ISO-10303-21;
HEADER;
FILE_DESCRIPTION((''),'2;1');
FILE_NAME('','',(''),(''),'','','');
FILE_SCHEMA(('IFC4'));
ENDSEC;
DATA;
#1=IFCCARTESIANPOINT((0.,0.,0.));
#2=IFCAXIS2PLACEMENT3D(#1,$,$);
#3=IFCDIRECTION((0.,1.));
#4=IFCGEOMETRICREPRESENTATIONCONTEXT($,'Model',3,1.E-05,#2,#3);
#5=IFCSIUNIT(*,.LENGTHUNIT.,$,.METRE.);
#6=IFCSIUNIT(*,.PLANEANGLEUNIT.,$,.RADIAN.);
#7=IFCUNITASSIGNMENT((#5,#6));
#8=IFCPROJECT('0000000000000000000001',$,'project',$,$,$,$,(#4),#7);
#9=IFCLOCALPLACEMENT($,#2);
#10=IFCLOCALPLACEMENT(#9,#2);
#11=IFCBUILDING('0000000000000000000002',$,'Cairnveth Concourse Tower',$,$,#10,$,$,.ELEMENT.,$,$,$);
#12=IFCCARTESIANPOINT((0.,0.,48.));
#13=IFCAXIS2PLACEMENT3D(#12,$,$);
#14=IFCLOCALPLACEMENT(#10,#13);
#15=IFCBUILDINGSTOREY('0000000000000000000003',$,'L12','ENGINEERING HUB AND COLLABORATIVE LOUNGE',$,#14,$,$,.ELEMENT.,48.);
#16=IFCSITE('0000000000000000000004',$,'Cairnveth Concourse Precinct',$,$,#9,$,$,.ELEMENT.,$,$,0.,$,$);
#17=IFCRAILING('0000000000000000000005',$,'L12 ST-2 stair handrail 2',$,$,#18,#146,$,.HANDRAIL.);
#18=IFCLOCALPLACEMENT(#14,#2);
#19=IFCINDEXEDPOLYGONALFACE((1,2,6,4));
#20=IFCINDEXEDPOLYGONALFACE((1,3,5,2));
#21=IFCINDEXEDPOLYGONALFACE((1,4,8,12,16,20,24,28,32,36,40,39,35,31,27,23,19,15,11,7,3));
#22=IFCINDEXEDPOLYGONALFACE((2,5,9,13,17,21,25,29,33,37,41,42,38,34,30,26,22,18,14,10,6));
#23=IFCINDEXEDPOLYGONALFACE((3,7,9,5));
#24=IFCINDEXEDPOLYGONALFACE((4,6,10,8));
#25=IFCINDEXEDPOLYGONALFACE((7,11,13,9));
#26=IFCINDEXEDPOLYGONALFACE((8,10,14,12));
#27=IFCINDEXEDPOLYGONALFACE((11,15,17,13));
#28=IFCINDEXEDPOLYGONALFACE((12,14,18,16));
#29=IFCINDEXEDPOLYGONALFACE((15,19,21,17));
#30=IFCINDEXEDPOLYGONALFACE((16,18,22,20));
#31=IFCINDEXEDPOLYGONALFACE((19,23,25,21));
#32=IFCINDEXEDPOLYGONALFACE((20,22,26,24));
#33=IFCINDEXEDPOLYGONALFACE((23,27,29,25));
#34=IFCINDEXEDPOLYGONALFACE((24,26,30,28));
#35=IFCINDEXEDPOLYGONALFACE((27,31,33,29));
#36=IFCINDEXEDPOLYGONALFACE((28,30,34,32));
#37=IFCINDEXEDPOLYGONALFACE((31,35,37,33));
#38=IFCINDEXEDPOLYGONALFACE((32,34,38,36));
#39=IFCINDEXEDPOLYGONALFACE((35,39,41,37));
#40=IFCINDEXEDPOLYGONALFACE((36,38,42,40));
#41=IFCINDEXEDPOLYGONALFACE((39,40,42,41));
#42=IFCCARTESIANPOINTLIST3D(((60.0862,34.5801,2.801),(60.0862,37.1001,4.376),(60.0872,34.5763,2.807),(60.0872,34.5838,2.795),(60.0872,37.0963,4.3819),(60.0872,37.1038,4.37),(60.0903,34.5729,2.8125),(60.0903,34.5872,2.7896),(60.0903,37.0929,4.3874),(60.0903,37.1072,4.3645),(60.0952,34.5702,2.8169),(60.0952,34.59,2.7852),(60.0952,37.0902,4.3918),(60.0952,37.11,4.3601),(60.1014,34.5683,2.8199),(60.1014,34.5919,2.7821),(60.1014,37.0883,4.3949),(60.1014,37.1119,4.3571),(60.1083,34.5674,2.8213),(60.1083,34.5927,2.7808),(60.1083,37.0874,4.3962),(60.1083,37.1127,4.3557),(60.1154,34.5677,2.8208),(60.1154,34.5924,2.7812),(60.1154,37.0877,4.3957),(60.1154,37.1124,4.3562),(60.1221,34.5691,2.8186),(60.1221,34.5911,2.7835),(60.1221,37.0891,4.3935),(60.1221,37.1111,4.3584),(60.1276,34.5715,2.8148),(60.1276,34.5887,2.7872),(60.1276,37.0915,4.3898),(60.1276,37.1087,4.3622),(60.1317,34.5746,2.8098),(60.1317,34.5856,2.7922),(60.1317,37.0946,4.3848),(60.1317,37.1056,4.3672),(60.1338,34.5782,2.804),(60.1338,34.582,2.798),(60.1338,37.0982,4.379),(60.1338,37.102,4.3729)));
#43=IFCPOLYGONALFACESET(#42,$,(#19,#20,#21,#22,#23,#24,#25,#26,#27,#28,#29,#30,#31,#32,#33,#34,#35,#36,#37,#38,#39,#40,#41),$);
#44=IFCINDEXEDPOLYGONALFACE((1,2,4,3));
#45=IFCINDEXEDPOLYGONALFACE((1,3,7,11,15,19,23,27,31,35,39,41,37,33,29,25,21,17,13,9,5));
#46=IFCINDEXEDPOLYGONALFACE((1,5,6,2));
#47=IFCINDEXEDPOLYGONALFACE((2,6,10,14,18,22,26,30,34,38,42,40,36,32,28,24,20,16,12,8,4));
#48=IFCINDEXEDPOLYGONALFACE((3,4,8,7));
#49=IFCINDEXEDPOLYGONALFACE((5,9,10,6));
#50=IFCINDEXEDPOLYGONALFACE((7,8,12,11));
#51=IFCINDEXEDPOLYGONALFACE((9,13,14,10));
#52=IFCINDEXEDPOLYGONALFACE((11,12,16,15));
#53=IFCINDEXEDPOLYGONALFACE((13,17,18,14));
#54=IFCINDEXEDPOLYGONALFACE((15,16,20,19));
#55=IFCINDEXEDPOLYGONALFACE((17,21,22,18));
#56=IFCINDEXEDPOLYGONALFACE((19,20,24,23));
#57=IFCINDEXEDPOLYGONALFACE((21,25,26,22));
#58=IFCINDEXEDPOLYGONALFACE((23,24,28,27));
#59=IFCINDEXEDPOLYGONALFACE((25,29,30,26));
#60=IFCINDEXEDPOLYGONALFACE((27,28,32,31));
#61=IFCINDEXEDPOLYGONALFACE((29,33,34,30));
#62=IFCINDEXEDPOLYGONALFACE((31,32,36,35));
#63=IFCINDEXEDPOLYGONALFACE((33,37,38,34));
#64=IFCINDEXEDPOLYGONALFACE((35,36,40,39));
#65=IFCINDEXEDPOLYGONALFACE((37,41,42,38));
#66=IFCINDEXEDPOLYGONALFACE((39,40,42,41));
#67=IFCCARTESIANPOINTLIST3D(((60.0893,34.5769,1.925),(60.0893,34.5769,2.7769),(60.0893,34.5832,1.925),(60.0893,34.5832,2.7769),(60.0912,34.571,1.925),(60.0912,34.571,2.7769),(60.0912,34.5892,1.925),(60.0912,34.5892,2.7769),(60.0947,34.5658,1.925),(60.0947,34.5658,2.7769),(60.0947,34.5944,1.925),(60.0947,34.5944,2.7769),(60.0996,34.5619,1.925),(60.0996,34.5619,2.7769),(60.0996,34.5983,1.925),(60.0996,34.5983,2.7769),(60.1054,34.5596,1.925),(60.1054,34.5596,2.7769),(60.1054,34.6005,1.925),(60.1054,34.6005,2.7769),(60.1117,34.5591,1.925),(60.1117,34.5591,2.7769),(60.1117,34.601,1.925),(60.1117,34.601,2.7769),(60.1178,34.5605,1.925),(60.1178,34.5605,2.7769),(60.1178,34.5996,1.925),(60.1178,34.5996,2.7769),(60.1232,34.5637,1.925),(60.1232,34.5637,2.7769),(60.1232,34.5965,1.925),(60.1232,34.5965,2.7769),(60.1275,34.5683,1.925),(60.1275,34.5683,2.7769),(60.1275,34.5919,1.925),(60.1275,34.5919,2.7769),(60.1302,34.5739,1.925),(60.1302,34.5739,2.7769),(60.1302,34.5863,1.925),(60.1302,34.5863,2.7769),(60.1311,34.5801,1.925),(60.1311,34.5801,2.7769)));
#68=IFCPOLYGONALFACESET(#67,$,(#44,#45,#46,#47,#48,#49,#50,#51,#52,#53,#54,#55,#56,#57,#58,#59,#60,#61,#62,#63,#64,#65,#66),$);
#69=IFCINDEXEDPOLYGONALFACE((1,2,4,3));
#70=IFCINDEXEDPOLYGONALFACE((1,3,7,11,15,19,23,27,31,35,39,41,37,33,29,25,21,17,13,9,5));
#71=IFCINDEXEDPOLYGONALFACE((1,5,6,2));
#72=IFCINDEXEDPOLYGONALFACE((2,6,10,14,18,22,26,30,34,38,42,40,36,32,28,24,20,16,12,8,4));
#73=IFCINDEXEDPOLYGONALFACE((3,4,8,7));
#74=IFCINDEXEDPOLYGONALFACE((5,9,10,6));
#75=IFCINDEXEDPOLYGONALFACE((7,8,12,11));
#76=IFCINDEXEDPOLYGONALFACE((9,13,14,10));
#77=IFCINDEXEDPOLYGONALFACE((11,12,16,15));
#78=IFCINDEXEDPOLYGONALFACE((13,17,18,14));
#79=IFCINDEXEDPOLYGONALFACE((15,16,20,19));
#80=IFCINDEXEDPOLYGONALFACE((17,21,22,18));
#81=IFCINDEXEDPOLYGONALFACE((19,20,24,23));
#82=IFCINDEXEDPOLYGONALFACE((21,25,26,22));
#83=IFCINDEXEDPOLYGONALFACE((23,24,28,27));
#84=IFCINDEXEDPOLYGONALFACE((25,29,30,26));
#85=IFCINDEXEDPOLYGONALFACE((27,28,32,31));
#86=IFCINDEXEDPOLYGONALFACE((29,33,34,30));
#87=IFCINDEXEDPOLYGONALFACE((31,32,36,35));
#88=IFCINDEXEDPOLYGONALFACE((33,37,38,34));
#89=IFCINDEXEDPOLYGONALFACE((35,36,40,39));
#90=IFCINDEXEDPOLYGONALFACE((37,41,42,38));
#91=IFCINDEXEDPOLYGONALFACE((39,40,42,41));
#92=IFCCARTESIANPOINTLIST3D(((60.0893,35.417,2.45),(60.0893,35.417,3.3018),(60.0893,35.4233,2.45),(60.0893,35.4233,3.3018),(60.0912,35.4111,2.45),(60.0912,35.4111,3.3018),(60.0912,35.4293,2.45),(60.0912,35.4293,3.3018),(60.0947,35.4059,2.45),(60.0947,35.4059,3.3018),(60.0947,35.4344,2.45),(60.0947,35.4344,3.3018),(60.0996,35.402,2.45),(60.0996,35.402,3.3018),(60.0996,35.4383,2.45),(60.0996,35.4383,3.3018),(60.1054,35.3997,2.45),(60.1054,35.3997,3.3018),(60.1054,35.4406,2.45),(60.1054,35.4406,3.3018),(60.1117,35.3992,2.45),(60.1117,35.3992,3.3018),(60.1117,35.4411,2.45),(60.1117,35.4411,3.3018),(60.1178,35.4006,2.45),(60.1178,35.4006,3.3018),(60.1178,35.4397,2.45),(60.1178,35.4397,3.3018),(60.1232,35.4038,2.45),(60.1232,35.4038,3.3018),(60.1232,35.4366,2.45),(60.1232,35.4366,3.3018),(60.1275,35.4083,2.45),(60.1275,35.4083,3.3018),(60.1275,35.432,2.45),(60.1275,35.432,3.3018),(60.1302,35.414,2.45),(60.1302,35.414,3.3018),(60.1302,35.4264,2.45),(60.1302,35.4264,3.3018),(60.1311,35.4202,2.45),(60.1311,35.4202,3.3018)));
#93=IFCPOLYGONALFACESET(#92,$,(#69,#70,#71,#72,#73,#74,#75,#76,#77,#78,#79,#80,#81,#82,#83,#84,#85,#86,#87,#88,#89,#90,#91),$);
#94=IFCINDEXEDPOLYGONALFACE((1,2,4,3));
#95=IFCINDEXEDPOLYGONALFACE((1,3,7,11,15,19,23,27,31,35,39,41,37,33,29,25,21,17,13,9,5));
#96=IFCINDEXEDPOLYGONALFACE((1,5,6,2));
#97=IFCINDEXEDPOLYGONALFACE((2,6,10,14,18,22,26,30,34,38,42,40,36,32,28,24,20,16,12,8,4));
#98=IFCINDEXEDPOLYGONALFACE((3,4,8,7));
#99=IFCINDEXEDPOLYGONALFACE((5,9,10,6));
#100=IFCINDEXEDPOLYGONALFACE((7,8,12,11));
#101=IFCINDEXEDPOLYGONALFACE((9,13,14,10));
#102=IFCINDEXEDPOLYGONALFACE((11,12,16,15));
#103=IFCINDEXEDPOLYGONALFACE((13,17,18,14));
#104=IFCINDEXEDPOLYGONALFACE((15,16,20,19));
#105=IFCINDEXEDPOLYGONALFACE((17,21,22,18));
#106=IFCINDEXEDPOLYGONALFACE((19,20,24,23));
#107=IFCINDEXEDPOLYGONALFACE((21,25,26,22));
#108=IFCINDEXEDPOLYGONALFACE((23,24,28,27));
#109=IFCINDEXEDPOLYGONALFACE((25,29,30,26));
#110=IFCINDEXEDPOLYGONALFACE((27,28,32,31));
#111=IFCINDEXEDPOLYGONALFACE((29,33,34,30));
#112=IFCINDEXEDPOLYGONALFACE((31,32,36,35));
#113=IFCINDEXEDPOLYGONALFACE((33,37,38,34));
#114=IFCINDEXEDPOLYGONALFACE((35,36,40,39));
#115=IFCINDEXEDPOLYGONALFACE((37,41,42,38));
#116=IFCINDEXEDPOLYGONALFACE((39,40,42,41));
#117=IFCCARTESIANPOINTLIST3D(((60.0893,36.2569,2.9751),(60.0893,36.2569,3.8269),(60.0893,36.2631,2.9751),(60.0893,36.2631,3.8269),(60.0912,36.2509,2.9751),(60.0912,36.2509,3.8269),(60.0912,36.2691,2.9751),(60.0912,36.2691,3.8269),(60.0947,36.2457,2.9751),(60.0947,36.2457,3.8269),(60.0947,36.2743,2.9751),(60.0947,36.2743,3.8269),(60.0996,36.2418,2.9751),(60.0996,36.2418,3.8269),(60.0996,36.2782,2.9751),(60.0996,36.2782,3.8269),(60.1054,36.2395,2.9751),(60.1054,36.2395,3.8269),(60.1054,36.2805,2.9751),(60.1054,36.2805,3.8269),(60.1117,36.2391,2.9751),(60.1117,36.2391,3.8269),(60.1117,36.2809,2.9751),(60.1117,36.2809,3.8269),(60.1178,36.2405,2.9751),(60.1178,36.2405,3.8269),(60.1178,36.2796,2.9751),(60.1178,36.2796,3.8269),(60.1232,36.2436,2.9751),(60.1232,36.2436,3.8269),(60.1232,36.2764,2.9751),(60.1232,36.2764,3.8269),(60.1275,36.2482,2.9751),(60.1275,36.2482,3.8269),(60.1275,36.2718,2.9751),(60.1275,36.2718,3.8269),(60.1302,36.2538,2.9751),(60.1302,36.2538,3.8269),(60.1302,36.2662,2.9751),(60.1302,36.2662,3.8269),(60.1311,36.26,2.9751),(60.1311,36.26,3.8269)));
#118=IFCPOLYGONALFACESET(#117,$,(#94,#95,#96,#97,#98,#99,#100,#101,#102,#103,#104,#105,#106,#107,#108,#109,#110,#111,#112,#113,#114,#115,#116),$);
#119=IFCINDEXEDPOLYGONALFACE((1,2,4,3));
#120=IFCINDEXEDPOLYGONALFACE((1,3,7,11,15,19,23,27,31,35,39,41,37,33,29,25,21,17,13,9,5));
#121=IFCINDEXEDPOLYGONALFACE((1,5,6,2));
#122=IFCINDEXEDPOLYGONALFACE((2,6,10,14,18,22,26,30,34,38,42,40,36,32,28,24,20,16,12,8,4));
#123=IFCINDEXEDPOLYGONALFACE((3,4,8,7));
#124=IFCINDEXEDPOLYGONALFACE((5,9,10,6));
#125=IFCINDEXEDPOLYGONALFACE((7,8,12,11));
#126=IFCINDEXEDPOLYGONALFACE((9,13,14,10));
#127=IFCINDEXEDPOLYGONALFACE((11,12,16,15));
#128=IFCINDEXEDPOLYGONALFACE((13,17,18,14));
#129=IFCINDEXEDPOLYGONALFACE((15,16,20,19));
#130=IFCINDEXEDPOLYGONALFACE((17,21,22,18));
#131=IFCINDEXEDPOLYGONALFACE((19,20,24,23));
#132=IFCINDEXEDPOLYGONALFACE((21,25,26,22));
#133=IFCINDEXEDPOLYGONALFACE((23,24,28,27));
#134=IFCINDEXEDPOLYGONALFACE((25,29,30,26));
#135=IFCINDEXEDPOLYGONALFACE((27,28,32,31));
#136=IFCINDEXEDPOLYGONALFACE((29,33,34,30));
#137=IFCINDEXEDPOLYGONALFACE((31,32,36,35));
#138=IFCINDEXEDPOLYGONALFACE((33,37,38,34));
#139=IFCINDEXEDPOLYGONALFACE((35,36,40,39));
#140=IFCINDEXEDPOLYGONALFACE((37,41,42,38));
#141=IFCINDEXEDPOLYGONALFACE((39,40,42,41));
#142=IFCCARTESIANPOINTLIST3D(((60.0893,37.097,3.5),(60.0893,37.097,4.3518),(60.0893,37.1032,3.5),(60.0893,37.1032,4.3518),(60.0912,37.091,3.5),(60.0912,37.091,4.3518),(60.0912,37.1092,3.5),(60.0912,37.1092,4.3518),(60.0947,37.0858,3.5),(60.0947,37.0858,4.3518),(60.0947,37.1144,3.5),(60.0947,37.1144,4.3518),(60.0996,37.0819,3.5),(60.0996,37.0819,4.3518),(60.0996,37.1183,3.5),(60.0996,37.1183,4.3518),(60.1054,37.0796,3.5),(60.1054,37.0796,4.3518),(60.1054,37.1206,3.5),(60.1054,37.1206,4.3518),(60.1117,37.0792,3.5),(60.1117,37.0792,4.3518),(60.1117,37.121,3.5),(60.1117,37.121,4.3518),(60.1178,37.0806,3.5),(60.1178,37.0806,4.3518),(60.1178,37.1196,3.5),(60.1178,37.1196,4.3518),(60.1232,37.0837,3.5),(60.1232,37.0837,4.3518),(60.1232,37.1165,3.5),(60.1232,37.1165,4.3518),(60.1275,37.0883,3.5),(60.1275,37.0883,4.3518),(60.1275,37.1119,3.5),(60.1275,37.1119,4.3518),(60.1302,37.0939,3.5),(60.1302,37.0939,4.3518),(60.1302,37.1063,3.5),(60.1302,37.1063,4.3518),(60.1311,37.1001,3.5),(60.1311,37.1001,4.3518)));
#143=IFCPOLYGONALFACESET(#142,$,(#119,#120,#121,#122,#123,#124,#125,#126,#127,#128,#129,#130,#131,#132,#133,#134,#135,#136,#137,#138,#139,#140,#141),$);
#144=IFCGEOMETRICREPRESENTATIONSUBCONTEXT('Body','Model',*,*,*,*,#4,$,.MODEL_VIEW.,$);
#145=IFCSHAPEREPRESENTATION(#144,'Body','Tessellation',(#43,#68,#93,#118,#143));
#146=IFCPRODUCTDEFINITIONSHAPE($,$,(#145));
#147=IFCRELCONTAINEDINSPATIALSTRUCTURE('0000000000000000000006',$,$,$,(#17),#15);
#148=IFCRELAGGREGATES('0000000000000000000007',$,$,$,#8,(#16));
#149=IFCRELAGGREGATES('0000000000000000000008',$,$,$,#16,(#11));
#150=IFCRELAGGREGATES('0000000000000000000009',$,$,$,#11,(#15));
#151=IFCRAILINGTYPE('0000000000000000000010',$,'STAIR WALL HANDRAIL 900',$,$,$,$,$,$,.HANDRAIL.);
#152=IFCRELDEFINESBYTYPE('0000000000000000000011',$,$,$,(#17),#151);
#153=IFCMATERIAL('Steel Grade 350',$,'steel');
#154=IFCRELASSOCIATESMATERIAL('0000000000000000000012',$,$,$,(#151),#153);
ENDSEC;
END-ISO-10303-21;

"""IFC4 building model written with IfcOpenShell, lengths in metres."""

from ifc_helpers import new_model, si_unit, direction, frame, origin, origin_2d, place, context, subcontext, project, spatial, circle, extrude, material, type_object, element, save


model = new_model("IFC4")

# Units and contexts
model_context = context("Model", 3, precision=1e-05, world=origin(), true_north=direction((0.0, 1.0)))
body_context = subcontext(model_context, "Body", "Model", "MODEL_VIEW")
ifc_project = project(units=[si_unit("LENGTHUNIT", "METRE"), si_unit("PLANEANGLEUNIT", "RADIAN")], contexts=[model_context])

# Site, building, storey
site_placement = place(None, origin())
site = spatial("IfcSite", under=ifc_project, at=site_placement, Name="Cairnveth Concourse Precinct", CompositionType="ELEMENT", RefElevation=0.0)
building_placement = place(site_placement, origin())
building = spatial("IfcBuilding", under=site, at=building_placement, Name="Cairnveth Concourse Tower", CompositionType="ELEMENT")
storey_placement = place(building_placement, frame((0.0, 0.0, 48.0)))
storey = spatial("IfcBuildingStorey", under=building, at=storey_placement, Name="L12", Description="ENGINEERING HUB AND COLLABORATIVE LOUNGE", CompositionType="ELEMENT", Elevation=48.0)

# Shared definitions
ifc_material_1 = material(Name="Steel Grade 350", Category="steel")

# Railing
railing_type_1 = type_object("IfcRailingType", Name="STAIR WALL HANDRAIL 900", PredefinedType="HANDRAIL", material=ifc_material_1)
railing_1_placement = place(storey_placement, frame((60.1101, 34.5801, 1.925)))
element("IfcRailing", 1, at=railing_1_placement, inside=storey, type_object=railing_type_1, Name="L12 ST-2 stair handrail 2", PredefinedType="HANDRAIL", context=body_context, shape_type="SweptSolid", body=[
    extrude(circle(Radius=0.0239, at=origin_2d()), frame((0.0, 0.0, 0.876), z_axis=(0.0, 0.848008, 0.529984), x_axis=(-1.0, 0.0, 0.0)), (0.0, 0.0, 1.0), 2.9717),
    extrude(circle(Radius=0.021, at=origin_2d()), origin(), (0.0, 0.0, 1.0), 0.8518),
    extrude(circle(Radius=0.021, at=origin_2d()), frame((0.0, 0.8401, 0.5249)), (0.0, 0.0, 1.0), 0.8518),
    extrude(circle(Radius=0.021, at=origin_2d()), frame((0.0, 1.6799, 1.05)), (0.0, 0.0, 1.0), 0.8518),
    extrude(circle(Radius=0.021, at=origin_2d()), frame((0.0, 2.52, 1.575)), (0.0, 0.0, 1.0), 0.8518),
])

save(model, "model.ifc")
